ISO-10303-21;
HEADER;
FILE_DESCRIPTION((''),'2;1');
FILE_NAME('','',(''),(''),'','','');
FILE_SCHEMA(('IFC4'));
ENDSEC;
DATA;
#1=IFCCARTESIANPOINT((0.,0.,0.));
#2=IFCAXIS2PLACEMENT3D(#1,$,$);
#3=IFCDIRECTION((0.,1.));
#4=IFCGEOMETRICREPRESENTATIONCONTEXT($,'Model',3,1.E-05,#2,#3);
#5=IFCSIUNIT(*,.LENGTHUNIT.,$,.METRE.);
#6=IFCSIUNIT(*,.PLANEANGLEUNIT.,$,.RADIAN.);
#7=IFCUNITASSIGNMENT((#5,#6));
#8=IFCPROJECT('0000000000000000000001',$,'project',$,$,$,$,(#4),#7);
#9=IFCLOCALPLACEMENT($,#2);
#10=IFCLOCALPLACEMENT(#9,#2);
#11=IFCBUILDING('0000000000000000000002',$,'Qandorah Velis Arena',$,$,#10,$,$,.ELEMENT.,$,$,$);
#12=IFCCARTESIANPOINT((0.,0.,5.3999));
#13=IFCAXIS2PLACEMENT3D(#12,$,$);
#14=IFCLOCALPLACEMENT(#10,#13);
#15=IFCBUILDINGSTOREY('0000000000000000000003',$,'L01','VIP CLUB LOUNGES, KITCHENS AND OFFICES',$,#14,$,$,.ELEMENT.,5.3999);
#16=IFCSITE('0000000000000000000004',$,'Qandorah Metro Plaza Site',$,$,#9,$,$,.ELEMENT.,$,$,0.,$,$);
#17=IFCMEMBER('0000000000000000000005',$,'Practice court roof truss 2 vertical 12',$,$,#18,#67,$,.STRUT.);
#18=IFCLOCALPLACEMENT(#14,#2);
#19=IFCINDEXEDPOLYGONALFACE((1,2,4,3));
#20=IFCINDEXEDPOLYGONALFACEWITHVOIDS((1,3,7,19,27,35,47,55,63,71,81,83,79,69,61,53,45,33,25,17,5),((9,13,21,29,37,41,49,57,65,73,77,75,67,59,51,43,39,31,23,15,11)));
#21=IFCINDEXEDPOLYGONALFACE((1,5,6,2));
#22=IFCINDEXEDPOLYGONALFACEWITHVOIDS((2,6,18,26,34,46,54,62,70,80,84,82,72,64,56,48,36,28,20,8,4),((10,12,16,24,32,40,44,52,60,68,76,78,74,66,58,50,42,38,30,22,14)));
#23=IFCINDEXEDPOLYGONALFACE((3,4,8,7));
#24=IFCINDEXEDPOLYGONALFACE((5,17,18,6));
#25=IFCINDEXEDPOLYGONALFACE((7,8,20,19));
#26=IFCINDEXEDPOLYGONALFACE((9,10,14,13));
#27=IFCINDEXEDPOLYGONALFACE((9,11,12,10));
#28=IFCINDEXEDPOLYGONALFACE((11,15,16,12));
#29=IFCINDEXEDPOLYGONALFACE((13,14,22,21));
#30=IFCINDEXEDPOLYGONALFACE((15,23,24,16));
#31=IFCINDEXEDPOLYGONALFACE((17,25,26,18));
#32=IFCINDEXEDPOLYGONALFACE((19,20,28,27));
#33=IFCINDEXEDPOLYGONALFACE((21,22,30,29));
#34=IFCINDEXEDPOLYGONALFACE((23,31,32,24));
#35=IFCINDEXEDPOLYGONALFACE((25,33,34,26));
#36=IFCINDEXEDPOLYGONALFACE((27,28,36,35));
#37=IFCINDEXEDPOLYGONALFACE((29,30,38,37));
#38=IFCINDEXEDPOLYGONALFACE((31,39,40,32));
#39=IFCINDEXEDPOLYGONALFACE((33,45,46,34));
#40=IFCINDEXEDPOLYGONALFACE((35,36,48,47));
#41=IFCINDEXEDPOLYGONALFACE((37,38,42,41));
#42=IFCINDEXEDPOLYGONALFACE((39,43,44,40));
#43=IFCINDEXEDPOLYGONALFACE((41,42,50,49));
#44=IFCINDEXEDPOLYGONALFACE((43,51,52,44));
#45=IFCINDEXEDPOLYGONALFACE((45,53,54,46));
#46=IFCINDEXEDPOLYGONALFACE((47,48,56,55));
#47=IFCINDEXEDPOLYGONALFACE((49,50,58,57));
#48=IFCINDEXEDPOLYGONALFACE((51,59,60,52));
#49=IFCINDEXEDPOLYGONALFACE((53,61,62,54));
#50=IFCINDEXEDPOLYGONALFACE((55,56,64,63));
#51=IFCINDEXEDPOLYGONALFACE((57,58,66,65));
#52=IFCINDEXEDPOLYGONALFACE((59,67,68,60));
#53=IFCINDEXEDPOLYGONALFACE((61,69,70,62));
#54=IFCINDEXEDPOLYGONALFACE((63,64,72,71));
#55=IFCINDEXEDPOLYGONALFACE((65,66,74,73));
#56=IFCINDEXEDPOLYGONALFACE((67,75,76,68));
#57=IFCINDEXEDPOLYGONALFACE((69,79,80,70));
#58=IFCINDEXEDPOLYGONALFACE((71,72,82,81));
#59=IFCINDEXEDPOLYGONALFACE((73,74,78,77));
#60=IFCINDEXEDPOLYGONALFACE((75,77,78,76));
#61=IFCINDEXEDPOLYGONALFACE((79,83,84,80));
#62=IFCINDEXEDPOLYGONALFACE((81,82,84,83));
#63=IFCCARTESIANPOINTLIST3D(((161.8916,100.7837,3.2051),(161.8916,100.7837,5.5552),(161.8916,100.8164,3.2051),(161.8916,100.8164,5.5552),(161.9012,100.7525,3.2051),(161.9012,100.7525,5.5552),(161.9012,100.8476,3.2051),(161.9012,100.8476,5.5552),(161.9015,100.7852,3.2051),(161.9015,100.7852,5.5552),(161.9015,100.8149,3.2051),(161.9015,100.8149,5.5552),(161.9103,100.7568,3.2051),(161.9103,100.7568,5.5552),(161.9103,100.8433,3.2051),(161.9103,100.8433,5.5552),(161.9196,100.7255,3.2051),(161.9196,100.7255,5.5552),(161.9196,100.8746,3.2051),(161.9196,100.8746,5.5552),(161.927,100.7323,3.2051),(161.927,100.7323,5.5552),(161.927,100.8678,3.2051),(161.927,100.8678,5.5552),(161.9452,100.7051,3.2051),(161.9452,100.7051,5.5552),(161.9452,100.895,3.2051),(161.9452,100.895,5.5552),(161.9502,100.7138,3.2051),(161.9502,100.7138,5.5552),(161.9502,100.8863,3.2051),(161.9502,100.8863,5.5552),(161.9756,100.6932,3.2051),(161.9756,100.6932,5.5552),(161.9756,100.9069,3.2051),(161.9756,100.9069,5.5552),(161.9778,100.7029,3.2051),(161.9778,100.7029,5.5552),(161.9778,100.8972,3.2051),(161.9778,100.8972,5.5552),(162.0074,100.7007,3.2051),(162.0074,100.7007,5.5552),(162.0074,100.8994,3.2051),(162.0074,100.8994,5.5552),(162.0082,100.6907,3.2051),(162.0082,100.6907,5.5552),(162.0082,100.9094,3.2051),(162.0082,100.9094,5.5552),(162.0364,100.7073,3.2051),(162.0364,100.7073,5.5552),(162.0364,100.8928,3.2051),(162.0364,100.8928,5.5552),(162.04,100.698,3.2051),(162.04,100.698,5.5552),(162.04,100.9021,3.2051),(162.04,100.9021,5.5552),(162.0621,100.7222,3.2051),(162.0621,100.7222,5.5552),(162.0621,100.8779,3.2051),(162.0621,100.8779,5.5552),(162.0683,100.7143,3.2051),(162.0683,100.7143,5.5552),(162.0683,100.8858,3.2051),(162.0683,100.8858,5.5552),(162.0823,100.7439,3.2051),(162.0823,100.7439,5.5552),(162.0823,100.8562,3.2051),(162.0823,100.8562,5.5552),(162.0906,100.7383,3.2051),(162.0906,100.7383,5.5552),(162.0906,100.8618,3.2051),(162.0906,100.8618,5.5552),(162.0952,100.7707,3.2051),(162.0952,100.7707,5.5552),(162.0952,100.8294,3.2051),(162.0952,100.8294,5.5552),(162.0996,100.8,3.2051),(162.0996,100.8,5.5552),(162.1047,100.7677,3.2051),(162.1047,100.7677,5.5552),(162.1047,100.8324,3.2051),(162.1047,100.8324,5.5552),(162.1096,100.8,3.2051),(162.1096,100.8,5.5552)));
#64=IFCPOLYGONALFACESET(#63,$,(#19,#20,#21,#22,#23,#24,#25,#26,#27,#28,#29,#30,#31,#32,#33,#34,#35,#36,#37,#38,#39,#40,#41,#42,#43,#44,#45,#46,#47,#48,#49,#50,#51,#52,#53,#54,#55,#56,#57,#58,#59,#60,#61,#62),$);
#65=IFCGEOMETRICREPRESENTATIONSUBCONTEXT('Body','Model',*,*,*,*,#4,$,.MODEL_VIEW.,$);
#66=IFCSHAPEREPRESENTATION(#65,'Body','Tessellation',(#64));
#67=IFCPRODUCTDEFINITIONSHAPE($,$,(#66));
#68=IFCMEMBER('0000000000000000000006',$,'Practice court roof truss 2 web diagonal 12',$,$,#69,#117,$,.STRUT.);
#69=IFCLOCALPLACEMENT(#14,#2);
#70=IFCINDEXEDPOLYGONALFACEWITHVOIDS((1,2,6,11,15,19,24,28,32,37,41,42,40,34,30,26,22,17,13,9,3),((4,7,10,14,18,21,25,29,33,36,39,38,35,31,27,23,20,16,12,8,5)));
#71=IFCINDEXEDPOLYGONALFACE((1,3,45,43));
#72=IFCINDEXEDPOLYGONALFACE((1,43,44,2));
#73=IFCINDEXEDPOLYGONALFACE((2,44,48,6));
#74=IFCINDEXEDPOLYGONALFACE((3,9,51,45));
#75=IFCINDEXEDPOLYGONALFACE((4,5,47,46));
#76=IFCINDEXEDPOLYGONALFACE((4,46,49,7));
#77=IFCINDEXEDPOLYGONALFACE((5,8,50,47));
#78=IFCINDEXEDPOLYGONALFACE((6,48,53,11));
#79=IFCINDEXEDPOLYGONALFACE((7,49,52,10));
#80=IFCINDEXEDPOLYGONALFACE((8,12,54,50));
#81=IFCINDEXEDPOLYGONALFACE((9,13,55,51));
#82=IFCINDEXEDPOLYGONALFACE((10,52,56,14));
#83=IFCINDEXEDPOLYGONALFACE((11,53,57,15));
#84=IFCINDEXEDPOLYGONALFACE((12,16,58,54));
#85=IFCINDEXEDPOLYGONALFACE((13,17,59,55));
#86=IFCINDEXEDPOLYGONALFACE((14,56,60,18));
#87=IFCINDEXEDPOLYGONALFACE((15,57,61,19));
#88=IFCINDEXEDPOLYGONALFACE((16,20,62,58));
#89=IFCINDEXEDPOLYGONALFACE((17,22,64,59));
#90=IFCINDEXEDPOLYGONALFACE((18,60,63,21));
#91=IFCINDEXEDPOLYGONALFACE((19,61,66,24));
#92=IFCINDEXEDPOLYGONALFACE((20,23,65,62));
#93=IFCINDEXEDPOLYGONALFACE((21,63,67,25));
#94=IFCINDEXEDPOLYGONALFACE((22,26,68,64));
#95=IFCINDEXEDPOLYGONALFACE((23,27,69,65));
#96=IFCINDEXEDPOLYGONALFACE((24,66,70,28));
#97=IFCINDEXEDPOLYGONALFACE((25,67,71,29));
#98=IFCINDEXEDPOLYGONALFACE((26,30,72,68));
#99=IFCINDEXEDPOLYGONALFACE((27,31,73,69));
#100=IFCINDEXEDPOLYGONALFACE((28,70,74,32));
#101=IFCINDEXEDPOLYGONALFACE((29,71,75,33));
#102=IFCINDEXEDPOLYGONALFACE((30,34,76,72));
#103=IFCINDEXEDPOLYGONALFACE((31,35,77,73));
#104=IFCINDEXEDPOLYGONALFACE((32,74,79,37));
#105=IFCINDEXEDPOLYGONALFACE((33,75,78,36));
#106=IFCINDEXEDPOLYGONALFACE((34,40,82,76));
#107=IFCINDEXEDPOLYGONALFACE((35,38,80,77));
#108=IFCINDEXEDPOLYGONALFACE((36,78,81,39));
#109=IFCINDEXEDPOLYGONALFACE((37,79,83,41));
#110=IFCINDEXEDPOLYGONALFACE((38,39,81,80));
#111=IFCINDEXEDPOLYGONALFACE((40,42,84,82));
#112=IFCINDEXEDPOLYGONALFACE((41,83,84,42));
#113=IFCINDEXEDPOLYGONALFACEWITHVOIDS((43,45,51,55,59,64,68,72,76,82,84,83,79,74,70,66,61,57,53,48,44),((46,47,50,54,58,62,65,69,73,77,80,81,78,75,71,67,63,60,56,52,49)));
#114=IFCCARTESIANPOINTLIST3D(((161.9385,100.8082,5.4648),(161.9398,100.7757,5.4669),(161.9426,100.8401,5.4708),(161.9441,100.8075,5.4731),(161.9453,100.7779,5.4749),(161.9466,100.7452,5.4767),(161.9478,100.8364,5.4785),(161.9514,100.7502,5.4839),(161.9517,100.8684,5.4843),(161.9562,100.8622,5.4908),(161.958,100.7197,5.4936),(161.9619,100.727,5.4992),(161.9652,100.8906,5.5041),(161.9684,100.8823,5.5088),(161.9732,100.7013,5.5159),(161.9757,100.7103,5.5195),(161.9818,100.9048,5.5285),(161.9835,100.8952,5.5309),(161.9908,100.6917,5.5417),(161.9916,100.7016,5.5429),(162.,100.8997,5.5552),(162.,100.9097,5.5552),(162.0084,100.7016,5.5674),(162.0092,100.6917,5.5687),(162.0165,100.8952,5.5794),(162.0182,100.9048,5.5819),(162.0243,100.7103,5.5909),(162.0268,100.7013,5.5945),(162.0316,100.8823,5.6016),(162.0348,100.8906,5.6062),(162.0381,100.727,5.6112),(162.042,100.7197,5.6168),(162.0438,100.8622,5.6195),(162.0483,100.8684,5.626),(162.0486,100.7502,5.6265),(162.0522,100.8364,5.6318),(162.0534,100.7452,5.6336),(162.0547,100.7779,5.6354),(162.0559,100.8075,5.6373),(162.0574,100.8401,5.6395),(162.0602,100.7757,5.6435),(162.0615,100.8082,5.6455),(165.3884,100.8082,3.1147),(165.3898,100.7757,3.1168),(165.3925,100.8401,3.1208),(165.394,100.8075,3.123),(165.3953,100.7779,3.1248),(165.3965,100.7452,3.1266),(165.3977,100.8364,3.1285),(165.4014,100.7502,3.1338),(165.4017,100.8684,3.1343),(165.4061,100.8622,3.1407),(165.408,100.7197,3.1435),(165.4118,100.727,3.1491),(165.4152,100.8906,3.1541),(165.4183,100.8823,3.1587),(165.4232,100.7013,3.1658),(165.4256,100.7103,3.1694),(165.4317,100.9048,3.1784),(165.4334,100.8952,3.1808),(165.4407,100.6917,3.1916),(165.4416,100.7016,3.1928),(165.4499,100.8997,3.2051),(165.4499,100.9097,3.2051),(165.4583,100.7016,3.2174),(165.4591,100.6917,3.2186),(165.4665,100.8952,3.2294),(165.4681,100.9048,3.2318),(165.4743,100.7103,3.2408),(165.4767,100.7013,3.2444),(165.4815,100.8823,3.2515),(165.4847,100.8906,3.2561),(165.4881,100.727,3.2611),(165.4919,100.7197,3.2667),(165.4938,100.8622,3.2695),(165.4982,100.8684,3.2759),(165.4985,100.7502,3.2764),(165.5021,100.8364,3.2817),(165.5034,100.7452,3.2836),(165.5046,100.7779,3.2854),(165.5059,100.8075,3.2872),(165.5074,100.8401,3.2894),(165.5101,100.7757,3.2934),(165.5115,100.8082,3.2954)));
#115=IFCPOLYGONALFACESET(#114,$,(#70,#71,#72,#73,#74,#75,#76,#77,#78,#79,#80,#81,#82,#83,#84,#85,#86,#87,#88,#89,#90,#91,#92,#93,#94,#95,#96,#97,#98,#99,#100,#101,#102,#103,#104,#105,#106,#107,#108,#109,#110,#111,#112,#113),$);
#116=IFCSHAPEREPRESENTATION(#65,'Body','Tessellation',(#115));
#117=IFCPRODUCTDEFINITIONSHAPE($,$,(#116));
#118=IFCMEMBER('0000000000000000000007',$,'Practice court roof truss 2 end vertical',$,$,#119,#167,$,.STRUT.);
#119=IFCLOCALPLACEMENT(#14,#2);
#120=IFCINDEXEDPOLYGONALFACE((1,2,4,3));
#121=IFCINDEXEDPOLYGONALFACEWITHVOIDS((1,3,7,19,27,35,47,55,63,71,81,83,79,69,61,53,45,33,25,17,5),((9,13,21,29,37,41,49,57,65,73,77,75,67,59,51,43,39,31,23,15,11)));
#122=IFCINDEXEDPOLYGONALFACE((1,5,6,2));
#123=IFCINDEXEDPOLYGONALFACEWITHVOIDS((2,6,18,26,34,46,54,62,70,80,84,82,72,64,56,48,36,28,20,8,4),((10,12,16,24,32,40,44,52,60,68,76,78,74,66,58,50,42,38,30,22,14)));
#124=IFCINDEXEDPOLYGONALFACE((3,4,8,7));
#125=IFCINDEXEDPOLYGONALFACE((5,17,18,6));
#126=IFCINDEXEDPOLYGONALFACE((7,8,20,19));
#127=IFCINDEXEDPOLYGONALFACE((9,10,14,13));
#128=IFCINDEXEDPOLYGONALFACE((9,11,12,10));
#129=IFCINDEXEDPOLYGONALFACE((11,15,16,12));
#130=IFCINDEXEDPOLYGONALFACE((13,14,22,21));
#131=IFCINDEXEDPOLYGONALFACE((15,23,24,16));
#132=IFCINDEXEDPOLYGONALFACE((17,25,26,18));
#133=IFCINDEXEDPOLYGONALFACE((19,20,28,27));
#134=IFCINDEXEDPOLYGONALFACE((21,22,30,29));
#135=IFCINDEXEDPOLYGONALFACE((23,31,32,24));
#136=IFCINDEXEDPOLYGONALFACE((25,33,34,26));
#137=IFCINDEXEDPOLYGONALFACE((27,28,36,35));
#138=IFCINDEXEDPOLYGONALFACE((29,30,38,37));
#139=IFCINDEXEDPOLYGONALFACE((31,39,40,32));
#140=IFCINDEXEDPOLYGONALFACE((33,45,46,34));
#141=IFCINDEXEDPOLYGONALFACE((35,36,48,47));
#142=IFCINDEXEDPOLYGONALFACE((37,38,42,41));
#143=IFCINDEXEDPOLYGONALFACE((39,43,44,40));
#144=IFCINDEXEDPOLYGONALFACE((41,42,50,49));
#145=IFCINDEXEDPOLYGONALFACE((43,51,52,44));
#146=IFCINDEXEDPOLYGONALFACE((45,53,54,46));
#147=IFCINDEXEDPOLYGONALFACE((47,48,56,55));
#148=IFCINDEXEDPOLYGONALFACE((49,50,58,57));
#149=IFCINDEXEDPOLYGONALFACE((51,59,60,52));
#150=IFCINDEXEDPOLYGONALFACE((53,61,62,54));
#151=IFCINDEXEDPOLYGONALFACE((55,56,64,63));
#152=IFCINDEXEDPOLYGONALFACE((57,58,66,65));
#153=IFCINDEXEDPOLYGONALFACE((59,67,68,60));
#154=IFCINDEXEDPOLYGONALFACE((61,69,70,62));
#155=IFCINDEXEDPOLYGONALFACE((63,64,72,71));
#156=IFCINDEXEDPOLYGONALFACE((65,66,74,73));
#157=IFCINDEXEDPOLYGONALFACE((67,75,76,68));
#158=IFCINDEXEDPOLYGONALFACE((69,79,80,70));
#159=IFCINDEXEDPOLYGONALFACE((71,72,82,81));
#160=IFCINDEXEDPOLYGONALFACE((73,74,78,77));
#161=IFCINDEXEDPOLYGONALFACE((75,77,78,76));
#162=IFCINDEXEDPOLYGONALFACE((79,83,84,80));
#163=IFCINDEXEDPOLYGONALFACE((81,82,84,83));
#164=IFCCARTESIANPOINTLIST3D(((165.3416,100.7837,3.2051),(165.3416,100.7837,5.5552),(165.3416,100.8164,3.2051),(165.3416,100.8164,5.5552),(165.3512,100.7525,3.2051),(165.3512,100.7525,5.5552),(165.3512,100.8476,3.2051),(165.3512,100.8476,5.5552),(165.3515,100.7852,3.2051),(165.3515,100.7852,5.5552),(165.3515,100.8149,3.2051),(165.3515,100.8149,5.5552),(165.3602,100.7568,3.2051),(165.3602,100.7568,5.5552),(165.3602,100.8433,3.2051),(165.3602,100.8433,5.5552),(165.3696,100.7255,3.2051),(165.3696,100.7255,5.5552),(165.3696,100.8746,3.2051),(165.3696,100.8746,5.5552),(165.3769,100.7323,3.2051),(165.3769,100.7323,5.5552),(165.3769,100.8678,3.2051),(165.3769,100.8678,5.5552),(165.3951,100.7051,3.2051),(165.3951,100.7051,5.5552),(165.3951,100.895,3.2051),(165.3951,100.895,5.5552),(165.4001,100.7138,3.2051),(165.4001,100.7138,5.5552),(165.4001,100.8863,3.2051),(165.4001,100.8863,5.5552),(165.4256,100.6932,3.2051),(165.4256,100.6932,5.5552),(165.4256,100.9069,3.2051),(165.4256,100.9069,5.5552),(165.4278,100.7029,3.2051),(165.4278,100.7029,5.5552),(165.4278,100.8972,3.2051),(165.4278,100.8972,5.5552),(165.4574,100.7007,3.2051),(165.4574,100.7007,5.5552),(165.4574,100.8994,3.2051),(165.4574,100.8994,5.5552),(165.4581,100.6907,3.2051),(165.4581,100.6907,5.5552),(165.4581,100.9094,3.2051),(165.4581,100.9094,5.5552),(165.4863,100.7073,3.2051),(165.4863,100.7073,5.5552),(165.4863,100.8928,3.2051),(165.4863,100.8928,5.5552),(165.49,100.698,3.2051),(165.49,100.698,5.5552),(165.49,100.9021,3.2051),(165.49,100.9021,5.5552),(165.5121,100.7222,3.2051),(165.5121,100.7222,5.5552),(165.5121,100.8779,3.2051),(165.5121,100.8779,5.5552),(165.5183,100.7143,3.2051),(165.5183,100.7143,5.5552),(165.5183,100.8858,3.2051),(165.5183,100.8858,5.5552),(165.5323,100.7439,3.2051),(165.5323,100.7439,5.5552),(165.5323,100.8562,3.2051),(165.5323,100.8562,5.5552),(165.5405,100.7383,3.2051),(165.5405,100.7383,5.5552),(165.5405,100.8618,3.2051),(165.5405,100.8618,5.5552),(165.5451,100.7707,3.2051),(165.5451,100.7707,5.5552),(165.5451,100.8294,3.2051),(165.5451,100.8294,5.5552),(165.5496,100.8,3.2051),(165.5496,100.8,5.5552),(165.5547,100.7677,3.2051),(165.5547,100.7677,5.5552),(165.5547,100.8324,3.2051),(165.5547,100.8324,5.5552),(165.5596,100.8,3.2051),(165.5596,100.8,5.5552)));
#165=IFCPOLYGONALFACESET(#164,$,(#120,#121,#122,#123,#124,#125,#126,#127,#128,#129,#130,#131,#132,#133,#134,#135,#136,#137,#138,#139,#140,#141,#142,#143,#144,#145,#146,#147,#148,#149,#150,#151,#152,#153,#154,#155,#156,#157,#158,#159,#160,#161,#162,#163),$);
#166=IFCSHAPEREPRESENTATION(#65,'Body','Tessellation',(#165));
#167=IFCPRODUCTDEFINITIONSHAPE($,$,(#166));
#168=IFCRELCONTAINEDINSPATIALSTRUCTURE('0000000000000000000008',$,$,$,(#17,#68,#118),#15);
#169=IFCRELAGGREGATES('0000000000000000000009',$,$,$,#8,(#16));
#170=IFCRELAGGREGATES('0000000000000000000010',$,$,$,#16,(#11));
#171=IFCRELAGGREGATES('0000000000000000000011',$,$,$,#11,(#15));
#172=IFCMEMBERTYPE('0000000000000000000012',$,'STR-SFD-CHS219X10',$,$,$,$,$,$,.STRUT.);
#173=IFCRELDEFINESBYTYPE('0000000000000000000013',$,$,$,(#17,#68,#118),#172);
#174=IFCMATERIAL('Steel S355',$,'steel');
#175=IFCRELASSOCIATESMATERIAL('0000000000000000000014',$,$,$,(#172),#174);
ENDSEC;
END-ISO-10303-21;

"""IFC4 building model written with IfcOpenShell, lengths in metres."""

from ifc_helpers import new_model, si_unit, direction, frame, origin, origin_2d, place, context, subcontext, project, spatial, hollow_circle, extrude, material, material_profile, profile_set, type_object, element, save


model = new_model("IFC4")

# Units and contexts
model_context = context("Model", 3, precision=1e-05, world=origin(), true_north=direction((0.0, 1.0)))
body_context = subcontext(model_context, "Body", "Model", "MODEL_VIEW")
ifc_project = project(units=[si_unit("LENGTHUNIT", "METRE"), si_unit("PLANEANGLEUNIT", "RADIAN")], contexts=[model_context])

# Site, building, storey
site_placement = place(None, origin())
site = spatial("IfcSite", under=ifc_project, at=site_placement, Name="Qandorah Metro Plaza Site", CompositionType="ELEMENT", RefElevation=0.0)
building_placement = place(site_placement, origin())
building = spatial("IfcBuilding", under=site, at=building_placement, Name="Qandorah Velis Arena", CompositionType="ELEMENT")
storey_placement = place(building_placement, frame((0.0, 0.0, 5.3999)))
storey = spatial("IfcBuildingStorey", under=building, at=storey_placement, Name="L01", Description="VIP CLUB LOUNGES, KITCHENS AND OFFICES", CompositionType="ELEMENT", Elevation=5.3999)

# Shared definitions
ifc_material_1 = material(Name="Steel S355", Category="steel")

# Members
ifc_material_profile_1 = material_profile(ifc_material_1, hollow_circle(Radius=0.1096, WallThickness=0.01, at=origin_2d()), Name="CHS 219.1x10")
ifc_profile_set_1 = profile_set([ifc_material_profile_1], Name="Steel S355")
member_type = type_object("IfcMemberType", Name="STR-SFD-CHS219X10", PredefinedType="STRUT", material=ifc_profile_set_1)
member_1_placement = place(storey_placement, frame((162.0, 100.8, 3.2051), z_axis=(0.0, 0.0, 1.0), x_axis=(1.0, 0.0, 0.0)))
element("IfcMember", 1, at=member_1_placement, inside=storey, type_object=member_type, Name="Practice court roof truss 2 vertical 12", PredefinedType="STRUT", context=body_context, shape_type="SweptSolid", body=[
    extrude(hollow_circle(Radius=0.1096, WallThickness=0.01, at=origin_2d()), origin(), (0.0, 0.0, 1.0), 2.3501),
])
member_2_placement = place(storey_placement, frame((162.0, 100.8, 5.5552), z_axis=(0.826466, 0.0, -0.562987), x_axis=(0.0, 1.0, 0.0)))
element("IfcMember", 2, at=member_2_placement, inside=storey, type_object=member_type, Name="Practice court roof truss 2 web diagonal 12", PredefinedType="STRUT", context=body_context, shape_type="SweptSolid", body=[
    extrude(hollow_circle(Radius=0.1096, WallThickness=0.01, at=origin_2d()), origin(), (0.0, 0.0, 1.0), 4.1743),
])
for number, where, z_axis, x_axis, name in (
    (3, (165.45, 100.8, 3.2051), (0.0, 0.0, 1.0), (1.0, 0.0, 0.0), "Practice court roof truss 2 end vertical"),
):
    element("IfcMember", number, at=place(storey_placement, frame(where, z_axis=z_axis, x_axis=x_axis)), inside=storey, type_object=member_type, Name=name, PredefinedType="STRUT", context=body_context, shape_type="SweptSolid", body=[
        extrude(hollow_circle(Radius=0.1096, WallThickness=0.01, at=origin_2d()), origin(), (0.0, 0.0, 1.0), 2.3501),
    ])

save(model, "model.ifc")
